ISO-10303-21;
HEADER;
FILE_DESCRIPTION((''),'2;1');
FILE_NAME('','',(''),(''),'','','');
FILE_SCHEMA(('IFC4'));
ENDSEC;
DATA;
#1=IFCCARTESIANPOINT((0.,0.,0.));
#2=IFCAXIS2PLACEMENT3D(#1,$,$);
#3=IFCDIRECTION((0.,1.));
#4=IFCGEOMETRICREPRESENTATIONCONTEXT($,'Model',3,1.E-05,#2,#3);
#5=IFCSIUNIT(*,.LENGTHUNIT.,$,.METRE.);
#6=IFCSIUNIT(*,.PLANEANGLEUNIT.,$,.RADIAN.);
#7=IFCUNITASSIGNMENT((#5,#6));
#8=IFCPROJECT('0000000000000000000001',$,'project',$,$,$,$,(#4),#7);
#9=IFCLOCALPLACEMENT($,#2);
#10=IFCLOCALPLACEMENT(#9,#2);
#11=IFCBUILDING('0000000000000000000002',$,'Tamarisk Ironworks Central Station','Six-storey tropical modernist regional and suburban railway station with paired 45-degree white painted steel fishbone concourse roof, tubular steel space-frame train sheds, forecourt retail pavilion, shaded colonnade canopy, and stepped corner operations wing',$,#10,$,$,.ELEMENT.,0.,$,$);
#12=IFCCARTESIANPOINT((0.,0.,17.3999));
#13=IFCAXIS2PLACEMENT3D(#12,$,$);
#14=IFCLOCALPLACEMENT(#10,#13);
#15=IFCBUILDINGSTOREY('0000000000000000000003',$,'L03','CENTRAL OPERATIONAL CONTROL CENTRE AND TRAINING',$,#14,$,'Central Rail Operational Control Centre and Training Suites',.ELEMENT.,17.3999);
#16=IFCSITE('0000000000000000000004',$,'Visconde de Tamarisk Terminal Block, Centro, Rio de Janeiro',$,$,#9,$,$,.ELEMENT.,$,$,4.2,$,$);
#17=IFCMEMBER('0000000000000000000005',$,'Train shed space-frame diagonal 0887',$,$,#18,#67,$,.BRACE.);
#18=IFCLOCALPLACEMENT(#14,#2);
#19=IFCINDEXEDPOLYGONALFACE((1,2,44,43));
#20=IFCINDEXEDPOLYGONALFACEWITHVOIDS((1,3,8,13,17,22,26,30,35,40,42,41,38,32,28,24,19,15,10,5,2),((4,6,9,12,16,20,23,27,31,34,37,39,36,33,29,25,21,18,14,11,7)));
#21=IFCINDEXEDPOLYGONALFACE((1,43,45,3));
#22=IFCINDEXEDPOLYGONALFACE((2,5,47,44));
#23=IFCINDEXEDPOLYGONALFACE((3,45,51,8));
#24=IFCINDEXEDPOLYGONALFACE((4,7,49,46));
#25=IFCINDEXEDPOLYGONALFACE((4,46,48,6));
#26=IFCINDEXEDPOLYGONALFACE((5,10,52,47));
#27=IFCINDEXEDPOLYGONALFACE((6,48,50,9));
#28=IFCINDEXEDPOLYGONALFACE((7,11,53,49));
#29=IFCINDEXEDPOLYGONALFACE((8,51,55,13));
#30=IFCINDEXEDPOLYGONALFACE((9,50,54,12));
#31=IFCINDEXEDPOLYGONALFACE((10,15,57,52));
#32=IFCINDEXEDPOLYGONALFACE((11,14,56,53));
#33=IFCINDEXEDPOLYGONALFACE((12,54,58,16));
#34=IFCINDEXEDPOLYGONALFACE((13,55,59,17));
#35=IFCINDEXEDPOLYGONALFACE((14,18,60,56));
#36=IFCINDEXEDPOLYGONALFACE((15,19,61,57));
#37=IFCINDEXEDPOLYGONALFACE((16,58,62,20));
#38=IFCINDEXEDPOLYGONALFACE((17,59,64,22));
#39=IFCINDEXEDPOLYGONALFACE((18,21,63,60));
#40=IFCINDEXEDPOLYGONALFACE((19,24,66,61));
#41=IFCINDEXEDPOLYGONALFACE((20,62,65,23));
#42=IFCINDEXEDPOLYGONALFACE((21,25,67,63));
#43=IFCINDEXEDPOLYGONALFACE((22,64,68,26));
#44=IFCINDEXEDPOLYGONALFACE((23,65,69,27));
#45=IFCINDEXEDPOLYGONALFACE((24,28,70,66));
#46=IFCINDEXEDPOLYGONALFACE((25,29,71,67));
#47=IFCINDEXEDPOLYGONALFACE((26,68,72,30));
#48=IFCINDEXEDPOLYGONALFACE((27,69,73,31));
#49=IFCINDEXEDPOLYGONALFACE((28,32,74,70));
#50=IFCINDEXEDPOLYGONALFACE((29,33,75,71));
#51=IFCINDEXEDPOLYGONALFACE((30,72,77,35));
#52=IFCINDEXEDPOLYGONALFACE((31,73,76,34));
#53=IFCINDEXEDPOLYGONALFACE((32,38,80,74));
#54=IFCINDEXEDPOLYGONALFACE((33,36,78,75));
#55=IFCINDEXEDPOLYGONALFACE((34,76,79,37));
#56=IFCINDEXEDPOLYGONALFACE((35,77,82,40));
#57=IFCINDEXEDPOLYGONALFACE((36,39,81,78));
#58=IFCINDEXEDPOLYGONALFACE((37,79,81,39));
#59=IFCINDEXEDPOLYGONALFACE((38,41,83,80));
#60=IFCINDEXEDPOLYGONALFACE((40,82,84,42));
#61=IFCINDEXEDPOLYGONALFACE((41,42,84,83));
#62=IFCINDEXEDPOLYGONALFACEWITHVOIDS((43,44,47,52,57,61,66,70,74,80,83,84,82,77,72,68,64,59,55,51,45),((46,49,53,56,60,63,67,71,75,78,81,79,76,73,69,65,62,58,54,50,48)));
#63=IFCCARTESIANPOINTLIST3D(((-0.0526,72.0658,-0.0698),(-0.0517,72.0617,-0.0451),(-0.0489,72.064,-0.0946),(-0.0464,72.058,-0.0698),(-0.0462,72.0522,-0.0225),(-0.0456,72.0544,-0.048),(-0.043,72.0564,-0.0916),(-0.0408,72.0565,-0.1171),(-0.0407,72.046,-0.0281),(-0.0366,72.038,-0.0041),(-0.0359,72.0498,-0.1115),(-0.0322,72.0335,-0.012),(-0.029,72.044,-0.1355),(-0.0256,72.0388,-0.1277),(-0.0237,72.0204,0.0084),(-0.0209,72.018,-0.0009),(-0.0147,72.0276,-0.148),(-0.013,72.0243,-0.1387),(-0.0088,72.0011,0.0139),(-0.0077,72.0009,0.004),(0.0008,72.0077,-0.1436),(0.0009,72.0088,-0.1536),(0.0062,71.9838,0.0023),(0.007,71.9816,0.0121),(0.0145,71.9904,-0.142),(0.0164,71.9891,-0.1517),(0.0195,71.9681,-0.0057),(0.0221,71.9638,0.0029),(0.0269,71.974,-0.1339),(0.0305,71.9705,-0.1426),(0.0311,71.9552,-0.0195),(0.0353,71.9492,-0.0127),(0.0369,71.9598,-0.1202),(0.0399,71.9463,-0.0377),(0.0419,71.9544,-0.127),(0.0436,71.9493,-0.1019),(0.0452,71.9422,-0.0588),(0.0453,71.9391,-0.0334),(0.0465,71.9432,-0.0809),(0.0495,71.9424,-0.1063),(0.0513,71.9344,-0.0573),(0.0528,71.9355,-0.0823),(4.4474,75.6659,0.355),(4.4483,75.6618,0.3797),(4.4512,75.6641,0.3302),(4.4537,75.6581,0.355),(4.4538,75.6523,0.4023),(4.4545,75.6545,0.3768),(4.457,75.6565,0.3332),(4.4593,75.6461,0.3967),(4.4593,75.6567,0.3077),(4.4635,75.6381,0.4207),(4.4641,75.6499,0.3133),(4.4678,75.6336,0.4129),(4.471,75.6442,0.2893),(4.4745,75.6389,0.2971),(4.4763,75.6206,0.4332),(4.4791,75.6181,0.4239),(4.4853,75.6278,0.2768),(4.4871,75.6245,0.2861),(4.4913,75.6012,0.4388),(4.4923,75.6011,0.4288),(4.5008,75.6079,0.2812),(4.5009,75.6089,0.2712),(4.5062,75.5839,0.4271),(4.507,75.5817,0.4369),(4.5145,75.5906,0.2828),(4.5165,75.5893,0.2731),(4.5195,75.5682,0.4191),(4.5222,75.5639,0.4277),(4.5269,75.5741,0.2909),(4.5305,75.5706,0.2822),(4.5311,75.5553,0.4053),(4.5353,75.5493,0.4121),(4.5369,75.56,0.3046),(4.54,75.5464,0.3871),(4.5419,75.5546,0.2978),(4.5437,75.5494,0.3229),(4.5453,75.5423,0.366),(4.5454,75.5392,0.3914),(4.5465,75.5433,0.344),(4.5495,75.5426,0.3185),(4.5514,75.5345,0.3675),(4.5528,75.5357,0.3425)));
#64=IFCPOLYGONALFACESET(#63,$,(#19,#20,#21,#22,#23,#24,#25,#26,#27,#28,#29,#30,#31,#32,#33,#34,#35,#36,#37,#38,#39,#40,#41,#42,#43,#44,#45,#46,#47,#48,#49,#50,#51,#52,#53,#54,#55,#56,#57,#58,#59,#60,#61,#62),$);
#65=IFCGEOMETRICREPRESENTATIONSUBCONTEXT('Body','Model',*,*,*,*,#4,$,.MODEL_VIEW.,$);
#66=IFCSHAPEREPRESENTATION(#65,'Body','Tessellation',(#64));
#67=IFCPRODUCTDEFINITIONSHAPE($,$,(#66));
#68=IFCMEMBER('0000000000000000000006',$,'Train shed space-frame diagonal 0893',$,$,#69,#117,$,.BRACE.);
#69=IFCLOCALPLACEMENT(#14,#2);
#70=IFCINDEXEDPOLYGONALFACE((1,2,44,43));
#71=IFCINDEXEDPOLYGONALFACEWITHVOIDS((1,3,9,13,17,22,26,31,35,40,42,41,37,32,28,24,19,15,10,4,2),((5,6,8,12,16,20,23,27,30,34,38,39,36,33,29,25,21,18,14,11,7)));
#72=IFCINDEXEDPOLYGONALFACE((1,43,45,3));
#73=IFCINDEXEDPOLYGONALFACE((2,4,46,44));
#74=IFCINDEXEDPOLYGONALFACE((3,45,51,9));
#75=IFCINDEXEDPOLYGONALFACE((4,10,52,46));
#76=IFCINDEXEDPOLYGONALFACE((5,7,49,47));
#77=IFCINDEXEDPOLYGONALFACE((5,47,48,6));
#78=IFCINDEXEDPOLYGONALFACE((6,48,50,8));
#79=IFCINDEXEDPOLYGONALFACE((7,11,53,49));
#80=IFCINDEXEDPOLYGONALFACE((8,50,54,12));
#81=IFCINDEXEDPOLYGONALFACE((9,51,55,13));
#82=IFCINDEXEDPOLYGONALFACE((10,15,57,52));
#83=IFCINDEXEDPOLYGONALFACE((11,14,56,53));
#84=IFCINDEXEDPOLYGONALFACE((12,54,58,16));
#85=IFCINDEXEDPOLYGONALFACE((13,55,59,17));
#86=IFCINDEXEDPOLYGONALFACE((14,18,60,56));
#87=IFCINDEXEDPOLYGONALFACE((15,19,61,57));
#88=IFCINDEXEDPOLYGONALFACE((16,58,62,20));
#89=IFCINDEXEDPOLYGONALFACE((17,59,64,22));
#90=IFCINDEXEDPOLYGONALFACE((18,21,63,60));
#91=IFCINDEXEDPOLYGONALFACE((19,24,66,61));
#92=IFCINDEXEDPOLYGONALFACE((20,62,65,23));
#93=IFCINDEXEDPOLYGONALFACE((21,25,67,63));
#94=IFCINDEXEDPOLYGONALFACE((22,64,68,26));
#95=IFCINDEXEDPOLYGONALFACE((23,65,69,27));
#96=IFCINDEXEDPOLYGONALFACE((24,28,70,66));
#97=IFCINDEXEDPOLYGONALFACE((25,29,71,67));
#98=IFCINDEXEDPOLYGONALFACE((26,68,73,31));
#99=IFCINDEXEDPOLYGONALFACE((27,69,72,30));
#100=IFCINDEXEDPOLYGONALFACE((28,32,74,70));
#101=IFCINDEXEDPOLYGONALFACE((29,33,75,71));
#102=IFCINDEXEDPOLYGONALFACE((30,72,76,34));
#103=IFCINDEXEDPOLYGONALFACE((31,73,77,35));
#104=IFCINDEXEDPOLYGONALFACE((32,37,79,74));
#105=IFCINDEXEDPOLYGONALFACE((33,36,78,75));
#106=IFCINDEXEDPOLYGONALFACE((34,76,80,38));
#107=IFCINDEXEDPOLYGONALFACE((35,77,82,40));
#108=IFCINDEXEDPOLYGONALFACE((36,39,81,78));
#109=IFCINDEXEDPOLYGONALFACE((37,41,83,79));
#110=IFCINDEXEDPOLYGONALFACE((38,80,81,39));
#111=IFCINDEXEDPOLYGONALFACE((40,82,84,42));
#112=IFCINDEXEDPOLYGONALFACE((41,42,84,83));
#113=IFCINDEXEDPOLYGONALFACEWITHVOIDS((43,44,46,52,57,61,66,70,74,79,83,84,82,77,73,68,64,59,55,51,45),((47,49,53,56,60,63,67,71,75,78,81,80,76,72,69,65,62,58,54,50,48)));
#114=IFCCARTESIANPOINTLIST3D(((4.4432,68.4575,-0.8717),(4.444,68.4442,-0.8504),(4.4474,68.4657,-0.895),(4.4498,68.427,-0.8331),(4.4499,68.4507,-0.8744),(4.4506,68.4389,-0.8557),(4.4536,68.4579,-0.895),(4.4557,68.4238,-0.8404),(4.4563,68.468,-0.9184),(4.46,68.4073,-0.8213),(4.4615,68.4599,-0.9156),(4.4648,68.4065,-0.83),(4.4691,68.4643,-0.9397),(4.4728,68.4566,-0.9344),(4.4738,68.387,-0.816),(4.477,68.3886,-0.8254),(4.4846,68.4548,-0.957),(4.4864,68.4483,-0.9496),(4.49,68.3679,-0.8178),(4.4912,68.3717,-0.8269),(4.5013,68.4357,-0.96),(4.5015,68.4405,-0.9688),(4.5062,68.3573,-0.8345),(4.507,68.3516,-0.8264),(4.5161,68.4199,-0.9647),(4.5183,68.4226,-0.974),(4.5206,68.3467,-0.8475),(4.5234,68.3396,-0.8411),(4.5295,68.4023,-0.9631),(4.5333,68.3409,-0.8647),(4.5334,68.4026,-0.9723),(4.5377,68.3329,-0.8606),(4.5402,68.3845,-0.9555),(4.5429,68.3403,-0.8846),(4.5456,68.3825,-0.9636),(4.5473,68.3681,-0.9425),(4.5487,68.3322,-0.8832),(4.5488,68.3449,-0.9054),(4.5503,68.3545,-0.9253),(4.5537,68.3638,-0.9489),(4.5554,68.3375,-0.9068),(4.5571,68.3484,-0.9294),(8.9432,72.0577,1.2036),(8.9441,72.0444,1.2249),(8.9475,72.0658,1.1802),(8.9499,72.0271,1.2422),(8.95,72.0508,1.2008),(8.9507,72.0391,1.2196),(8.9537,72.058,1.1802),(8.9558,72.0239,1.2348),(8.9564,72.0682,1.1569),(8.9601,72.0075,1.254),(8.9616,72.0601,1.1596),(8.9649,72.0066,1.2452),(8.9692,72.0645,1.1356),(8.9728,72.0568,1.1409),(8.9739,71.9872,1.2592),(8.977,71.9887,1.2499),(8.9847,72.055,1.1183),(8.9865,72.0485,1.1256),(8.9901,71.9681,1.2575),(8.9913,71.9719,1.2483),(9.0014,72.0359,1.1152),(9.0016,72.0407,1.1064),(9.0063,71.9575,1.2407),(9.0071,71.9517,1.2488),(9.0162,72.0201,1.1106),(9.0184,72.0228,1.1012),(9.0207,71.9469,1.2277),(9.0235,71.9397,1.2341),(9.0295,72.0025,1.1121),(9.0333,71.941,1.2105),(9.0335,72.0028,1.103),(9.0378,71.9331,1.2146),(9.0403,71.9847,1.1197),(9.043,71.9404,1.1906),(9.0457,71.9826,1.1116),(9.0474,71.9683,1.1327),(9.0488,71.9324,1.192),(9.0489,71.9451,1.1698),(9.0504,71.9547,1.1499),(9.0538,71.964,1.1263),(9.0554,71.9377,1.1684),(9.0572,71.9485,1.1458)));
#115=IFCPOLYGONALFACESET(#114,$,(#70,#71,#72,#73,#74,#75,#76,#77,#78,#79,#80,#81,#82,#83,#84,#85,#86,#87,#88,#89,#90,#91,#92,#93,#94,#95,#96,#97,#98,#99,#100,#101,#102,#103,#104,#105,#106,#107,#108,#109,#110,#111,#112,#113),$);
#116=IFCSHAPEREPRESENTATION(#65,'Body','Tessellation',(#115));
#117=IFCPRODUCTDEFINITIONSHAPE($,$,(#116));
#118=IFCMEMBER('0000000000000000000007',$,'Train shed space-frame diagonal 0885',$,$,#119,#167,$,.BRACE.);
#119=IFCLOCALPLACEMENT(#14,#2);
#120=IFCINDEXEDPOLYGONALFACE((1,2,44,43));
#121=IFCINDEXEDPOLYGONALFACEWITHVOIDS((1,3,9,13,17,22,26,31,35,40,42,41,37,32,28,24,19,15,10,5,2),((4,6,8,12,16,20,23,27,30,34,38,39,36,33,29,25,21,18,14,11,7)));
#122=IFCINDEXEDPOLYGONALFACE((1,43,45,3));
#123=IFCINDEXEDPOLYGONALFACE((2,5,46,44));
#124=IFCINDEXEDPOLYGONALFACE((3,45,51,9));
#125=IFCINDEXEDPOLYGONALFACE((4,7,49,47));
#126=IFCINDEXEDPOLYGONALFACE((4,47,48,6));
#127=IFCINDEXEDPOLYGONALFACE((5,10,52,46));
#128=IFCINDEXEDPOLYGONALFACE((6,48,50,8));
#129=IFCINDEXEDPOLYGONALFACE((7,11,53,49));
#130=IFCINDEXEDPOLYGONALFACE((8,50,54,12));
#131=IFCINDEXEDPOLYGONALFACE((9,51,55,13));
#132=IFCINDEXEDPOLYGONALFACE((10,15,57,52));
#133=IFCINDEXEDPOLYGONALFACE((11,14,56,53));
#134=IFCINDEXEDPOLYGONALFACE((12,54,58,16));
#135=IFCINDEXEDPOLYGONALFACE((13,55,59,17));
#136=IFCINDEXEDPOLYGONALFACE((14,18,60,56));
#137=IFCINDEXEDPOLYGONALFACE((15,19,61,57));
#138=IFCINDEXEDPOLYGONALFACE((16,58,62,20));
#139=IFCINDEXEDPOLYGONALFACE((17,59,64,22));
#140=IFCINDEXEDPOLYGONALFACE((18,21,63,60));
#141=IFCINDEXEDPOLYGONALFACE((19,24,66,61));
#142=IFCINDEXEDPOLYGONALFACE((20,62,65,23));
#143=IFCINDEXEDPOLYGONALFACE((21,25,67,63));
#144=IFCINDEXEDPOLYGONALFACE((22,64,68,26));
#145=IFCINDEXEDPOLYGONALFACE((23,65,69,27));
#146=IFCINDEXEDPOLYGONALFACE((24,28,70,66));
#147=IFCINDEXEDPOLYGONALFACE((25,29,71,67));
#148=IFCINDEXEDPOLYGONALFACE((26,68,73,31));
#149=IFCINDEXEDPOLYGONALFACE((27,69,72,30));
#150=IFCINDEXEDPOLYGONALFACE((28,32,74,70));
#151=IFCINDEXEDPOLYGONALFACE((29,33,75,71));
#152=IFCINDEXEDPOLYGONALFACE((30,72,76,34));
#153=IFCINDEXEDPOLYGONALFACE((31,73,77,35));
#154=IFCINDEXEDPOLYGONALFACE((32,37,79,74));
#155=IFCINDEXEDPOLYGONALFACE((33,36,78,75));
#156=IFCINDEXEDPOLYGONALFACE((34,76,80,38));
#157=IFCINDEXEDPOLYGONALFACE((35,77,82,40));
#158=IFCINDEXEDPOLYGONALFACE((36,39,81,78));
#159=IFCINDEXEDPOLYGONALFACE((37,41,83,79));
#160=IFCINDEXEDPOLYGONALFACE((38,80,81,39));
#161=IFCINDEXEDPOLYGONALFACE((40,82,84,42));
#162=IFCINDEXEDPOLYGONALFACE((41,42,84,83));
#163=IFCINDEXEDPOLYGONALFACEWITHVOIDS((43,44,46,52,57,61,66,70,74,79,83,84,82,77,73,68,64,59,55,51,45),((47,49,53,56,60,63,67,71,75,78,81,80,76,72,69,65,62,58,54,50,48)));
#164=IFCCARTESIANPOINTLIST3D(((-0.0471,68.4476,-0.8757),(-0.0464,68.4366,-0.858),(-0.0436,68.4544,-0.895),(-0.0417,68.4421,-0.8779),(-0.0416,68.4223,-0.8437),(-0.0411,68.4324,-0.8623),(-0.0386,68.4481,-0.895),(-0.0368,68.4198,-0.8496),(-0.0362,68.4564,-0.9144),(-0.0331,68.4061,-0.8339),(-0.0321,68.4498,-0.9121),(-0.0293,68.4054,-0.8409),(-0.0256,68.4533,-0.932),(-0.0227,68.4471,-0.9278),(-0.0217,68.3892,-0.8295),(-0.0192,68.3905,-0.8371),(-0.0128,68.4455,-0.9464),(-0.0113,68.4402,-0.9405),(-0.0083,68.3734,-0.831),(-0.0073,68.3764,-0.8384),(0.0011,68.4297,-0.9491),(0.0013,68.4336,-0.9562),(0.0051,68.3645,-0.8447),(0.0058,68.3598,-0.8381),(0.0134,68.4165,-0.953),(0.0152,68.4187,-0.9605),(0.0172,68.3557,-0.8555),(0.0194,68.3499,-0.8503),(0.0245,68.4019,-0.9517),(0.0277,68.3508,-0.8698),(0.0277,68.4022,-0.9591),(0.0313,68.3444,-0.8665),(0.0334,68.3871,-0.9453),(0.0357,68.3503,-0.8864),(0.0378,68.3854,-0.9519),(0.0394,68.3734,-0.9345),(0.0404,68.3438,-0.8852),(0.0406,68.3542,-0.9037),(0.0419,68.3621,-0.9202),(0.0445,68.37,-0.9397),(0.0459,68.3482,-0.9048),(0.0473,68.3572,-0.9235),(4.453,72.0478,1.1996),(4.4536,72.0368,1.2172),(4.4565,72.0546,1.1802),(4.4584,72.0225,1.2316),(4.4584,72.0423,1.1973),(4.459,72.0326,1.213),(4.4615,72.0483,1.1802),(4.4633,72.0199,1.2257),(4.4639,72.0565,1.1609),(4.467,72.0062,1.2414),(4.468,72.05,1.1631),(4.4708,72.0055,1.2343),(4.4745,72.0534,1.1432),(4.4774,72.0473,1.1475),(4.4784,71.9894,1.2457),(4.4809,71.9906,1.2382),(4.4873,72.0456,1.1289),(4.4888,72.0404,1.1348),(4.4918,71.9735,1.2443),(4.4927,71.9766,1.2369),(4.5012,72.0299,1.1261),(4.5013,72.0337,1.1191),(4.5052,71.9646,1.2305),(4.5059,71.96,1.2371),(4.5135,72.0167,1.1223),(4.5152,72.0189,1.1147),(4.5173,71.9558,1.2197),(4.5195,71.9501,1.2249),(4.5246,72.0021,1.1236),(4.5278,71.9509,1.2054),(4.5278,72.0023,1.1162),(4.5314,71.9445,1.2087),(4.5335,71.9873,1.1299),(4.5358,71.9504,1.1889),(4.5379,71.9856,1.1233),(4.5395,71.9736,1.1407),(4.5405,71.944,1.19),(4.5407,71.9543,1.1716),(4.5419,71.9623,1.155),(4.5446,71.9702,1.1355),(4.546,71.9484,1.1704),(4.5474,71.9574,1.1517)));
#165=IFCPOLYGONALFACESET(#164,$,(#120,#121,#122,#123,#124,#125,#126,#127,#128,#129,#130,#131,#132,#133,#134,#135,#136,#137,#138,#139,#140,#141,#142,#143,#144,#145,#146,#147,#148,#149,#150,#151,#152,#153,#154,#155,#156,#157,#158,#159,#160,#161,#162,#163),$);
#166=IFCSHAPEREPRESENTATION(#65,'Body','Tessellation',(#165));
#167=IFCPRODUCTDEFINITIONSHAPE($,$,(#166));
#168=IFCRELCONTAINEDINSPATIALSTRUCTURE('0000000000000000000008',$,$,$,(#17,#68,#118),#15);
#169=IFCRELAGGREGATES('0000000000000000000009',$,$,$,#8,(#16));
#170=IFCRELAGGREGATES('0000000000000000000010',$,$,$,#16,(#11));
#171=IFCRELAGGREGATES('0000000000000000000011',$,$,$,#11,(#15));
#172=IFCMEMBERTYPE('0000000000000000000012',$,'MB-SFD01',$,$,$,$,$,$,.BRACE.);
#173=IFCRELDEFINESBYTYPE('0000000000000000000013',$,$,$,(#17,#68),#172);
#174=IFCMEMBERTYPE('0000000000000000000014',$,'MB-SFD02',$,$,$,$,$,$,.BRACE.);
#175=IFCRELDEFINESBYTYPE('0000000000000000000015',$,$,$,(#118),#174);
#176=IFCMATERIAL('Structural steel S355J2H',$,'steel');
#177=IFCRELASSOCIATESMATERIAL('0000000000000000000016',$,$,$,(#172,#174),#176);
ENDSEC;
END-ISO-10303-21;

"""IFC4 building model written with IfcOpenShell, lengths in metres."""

from ifc_helpers import new_model, si_unit, direction, frame, origin, origin_2d, place, context, subcontext, project, spatial, hollow_circle, extrude, material, material_profile, profile_set, type_object, element, save


model = new_model("IFC4")

# Units and contexts
model_context = context("Model", 3, precision=1e-05, world=origin(), true_north=direction((0.0, 1.0)))
body_context = subcontext(model_context, "Body", "Model", "MODEL_VIEW")
ifc_project = project(units=[si_unit("LENGTHUNIT", "METRE"), si_unit("PLANEANGLEUNIT", "RADIAN")], contexts=[model_context])

# Site, building, storey
site_placement = place(None, origin())
site = spatial("IfcSite", under=ifc_project, at=site_placement, Name="Visconde de Tamarisk Terminal Block, Centro, Rio de Janeiro", CompositionType="ELEMENT", RefElevation=4.2)
building_placement = place(site_placement, origin())
building = spatial("IfcBuilding", under=site, at=building_placement, Name="Tamarisk Ironworks Central Station", Description="Six-storey tropical modernist regional and suburban railway station with paired 45-degree white painted steel fishbone concourse roof, tubular steel space-frame train sheds, forecourt retail pavilion, shaded colonnade canopy, and stepped corner operations wing", CompositionType="ELEMENT", ElevationOfRefHeight=0.0)
storey_placement = place(building_placement, frame((0.0, 0.0, 17.3999)))
storey = spatial("IfcBuildingStorey", under=building, at=storey_placement, Name="L03", Description="CENTRAL OPERATIONAL CONTROL CENTRE AND TRAINING", LongName="Central Rail Operational Control Centre and Training Suites", CompositionType="ELEMENT", Elevation=17.3999)

# Members
ifc_material_1 = material(Name="Structural steel S355J2H", Category="steel")
ifc_material_profile_1 = material_profile(ifc_material_1, hollow_circle(Radius=0.0842, WallThickness=0.01, at=origin_2d()), Name="CHS 168.3x10")
ifc_profile_set_1 = profile_set([ifc_material_profile_1], Name="Structural steel S355J2H")
member_type_1 = type_object("IfcMemberType", Name="MB-SFD01", PredefinedType="BRACE", material=ifc_profile_set_1)
member_1_placement = place(storey_placement, frame((0.0, 72.0, -0.0698), z_axis=(0.778748, 0.623015, 0.073515), x_axis=(-0.624705, 0.780861, 0.0)))
element("IfcMember", 1, at=member_1_placement, inside=storey, type_object=member_type_1, Name="Train shed space-frame diagonal 0887", PredefinedType="BRACE", context=body_context, shape_type="SweptSolid", body=[
    extrude(hollow_circle(Radius=0.0842, WallThickness=0.01, at=origin_2d()), origin(), (0.0, 0.0, 1.0), 5.7786),
])
member_2_placement = place(storey_placement, frame((4.5, 68.3999, -0.895), z_axis=(0.734679, 0.587759, 0.338801), x_axis=(-0.624705, 0.780861, 0.0)))
element("IfcMember", 2, at=member_2_placement, inside=storey, type_object=member_type_1, Name="Train shed space-frame diagonal 0893", PredefinedType="BRACE", context=body_context, shape_type="SweptSolid", body=[
    extrude(hollow_circle(Radius=0.0842, WallThickness=0.01, at=origin_2d()), origin(), (0.0, 0.0, 1.0), 6.1252),
])
ifc_material_profile_2 = material_profile(ifc_material_1, hollow_circle(Radius=0.0698, WallThickness=0.0081, at=origin_2d()), Name="CHS 139.7x8")
ifc_profile_set_2 = profile_set([ifc_material_profile_2], Name="Structural steel S355J2H")
member_type_2 = type_object("IfcMemberType", Name="MB-SFD02", PredefinedType="BRACE", material=ifc_profile_set_2)
member_3_placement = place(storey_placement, frame((0.0, 68.3999, -0.895), z_axis=(0.734679, 0.587759, 0.338801), x_axis=(-0.624705, 0.780861, 0.0)))
element("IfcMember", 3, at=member_3_placement, inside=storey, type_object=member_type_2, Name="Train shed space-frame diagonal 0885", PredefinedType="BRACE", context=body_context, shape_type="SweptSolid", body=[
    extrude(hollow_circle(Radius=0.0698, WallThickness=0.0081, at=origin_2d()), origin(), (0.0, 0.0, 1.0), 6.1252),
])

save(model, "model.ifc")
